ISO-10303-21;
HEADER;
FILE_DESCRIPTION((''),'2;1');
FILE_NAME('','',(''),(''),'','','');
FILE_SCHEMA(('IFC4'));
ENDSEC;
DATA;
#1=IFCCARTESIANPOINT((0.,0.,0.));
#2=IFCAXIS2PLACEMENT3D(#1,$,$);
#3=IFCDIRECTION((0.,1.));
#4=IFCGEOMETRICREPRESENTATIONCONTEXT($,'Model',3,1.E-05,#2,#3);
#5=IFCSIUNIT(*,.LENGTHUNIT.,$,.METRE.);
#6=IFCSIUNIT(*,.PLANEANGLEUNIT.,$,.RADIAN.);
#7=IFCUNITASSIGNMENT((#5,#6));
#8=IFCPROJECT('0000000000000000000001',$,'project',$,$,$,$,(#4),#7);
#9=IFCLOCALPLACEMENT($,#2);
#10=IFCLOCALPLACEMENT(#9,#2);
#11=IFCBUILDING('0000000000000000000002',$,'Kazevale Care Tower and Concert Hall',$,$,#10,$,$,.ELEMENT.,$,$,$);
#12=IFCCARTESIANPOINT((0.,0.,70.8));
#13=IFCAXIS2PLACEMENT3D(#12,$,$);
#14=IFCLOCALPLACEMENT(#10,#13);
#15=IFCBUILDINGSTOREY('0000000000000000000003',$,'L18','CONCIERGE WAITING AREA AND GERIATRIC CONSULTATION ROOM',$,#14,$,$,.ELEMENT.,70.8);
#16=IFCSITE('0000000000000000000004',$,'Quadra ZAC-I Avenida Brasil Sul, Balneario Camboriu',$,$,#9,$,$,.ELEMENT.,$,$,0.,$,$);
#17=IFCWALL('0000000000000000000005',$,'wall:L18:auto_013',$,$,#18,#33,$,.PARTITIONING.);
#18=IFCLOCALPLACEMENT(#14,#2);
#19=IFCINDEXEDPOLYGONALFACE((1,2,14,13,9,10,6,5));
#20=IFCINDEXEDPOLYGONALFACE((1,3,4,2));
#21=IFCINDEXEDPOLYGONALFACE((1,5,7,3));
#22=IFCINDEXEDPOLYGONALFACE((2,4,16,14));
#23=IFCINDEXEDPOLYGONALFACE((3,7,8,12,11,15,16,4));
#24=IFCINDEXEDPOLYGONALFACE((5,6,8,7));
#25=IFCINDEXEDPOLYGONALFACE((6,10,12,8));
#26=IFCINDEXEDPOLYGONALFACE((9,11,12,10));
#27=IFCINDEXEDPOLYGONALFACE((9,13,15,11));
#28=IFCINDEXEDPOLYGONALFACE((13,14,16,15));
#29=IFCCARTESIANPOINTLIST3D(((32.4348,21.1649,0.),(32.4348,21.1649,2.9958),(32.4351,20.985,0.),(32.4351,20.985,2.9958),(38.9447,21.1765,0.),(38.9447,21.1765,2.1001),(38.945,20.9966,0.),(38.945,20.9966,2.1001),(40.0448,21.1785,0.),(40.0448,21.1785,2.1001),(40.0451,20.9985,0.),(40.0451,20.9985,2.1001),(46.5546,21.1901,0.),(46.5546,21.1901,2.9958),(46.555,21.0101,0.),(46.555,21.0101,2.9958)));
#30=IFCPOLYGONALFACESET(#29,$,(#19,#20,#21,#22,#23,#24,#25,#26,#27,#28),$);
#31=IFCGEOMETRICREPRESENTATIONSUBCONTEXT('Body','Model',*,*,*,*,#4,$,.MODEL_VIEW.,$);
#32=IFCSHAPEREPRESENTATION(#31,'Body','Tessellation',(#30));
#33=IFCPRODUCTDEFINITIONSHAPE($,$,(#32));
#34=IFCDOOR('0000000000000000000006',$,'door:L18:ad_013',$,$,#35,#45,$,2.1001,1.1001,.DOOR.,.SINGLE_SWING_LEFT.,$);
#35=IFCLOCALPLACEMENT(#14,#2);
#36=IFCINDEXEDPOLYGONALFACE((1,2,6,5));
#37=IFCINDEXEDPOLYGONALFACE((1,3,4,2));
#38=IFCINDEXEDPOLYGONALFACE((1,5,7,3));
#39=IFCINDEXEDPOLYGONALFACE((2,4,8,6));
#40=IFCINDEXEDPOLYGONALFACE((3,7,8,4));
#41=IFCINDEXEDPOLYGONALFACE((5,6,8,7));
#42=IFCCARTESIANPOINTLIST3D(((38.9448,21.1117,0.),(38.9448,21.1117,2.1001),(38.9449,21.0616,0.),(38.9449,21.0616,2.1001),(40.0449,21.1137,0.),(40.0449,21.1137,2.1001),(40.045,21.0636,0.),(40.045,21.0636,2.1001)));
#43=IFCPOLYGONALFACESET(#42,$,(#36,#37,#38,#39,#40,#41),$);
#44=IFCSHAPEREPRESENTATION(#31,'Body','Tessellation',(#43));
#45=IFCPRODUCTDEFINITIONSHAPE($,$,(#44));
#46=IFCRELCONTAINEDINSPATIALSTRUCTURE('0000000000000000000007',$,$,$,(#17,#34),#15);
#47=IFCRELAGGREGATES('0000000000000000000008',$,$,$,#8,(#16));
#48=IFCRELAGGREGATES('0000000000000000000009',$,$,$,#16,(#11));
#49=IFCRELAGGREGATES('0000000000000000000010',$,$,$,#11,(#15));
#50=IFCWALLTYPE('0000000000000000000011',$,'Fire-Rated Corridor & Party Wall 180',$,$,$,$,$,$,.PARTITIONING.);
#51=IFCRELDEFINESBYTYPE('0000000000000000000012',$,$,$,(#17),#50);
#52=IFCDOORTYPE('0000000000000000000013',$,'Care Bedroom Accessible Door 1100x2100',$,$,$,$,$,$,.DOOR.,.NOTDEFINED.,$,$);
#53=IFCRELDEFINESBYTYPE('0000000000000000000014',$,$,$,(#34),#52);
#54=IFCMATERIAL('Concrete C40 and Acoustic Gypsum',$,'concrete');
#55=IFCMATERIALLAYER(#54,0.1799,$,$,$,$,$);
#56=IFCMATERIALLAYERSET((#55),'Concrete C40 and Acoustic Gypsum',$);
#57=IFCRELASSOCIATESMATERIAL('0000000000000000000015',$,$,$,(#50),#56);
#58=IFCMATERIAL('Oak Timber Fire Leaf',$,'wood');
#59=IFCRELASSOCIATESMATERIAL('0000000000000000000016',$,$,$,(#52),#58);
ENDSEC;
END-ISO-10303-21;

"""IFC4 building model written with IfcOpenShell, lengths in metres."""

from ifc_helpers import new_model, si_unit, direction, frame, frame_2d, origin, place, context, subcontext, project, spatial, rectangle, extrude, material, layer, layer_set, type_object, element, fill, save


model = new_model("IFC4")

# Units and contexts
model_context = context("Model", 3, precision=1e-05, world=origin(), true_north=direction((0.0, 1.0)))
body_context = subcontext(model_context, "Body", "Model", "MODEL_VIEW")
ifc_project = project(units=[si_unit("LENGTHUNIT", "METRE"), si_unit("PLANEANGLEUNIT", "RADIAN")], contexts=[model_context])

# Site, building, storey
site_placement = place(None, origin())
site = spatial("IfcSite", under=ifc_project, at=site_placement, Name="Quadra ZAC-I Avenida Brasil Sul, Balneario Camboriu", CompositionType="ELEMENT", RefElevation=0.0)
building_placement = place(site_placement, origin())
building = spatial("IfcBuilding", under=site, at=building_placement, Name="Kazevale Care Tower and Concert Hall", CompositionType="ELEMENT")
storey_placement = place(building_placement, frame((0.0, 0.0, 70.8)))
storey = spatial("IfcBuildingStorey", under=building, at=storey_placement, Name="L18", Description="CONCIERGE WAITING AREA AND GERIATRIC CONSULTATION ROOM", CompositionType="ELEMENT", Elevation=70.8)

# Wall, opening, door
ifc_material_1 = material(Name="Concrete C40 and Acoustic Gypsum", Category="concrete")
ifc_layer_1 = layer(ifc_material_1, 0.1799)
ifc_layer_set_1 = layer_set([ifc_layer_1], Name="Concrete C40 and Acoustic Gypsum")
wall_type_1 = type_object("IfcWallType", Name="Fire-Rated Corridor & Party Wall 180", PredefinedType="PARTITIONING", material=ifc_layer_set_1)
ifc_material_2 = material(Name="Oak Timber Fire Leaf", Category="wood")
door_type_1 = type_object("IfcDoorType", Name="Care Bedroom Accessible Door 1100x2100", OperationType="NOTDEFINED", PredefinedType="DOOR", material=ifc_material_2)
wall_1_placement = place(storey_placement, frame((46.5549, 21.1001, 0.0), z_axis=(0.0, 0.0, 1.0), x_axis=(-0.999998, -0.001781, 0.0)))
wall_1 = element("IfcWall", 1, at=wall_1_placement, inside=storey, type_object=wall_type_1, Name="wall:L18:auto_013", PredefinedType="PARTITIONING", context=body_context, shape_type="SweptSolid", body=[
    extrude(rectangle(XDim=14.1199, YDim=0.1799, at=frame_2d((7.0601, 0.0))), origin(), (0.0, 0.0, 1.0), 2.9958),
])
opening_1_placement = place(wall_1_placement, frame((6.51, 0.0, 0.0)))
opening_1 = element("IfcOpeningElement", 2, at=opening_1_placement, cuts=wall_1, PredefinedType="OPENING", context=body_context, shape_type="SweptSolid", body=[
    extrude(rectangle(XDim=1.1001, YDim=2.1001, at=frame_2d((0.55, 1.05))), frame((0.0, 0.0999, 0.0), z_axis=(0.0, -1.0, 0.0), x_axis=(1.0, 0.0, 0.0)), (0.0, 0.0, 1.0), 0.2),
])
door_1_placement = place(opening_1_placement, origin())
door_1 = element("IfcDoor", 3, at=door_1_placement, inside=storey, type_object=door_type_1, Name="door:L18:ad_013", OperationType="SINGLE_SWING_LEFT", OverallHeight=2.1001, OverallWidth=1.1001, PredefinedType="DOOR", context=body_context, shape_type="SweptSolid", body=[
    extrude(rectangle(XDim=1.1001, YDim=2.1001, at=frame_2d((0.55, 1.05))), frame((0.0, 0.0249, 0.0), z_axis=(0.0, -1.0, 0.0), x_axis=(1.0, 0.0, 0.0)), (0.0, 0.0, 1.0), 0.05),
])
fill(opening_1, door_1)

save(model, "model.ifc")
